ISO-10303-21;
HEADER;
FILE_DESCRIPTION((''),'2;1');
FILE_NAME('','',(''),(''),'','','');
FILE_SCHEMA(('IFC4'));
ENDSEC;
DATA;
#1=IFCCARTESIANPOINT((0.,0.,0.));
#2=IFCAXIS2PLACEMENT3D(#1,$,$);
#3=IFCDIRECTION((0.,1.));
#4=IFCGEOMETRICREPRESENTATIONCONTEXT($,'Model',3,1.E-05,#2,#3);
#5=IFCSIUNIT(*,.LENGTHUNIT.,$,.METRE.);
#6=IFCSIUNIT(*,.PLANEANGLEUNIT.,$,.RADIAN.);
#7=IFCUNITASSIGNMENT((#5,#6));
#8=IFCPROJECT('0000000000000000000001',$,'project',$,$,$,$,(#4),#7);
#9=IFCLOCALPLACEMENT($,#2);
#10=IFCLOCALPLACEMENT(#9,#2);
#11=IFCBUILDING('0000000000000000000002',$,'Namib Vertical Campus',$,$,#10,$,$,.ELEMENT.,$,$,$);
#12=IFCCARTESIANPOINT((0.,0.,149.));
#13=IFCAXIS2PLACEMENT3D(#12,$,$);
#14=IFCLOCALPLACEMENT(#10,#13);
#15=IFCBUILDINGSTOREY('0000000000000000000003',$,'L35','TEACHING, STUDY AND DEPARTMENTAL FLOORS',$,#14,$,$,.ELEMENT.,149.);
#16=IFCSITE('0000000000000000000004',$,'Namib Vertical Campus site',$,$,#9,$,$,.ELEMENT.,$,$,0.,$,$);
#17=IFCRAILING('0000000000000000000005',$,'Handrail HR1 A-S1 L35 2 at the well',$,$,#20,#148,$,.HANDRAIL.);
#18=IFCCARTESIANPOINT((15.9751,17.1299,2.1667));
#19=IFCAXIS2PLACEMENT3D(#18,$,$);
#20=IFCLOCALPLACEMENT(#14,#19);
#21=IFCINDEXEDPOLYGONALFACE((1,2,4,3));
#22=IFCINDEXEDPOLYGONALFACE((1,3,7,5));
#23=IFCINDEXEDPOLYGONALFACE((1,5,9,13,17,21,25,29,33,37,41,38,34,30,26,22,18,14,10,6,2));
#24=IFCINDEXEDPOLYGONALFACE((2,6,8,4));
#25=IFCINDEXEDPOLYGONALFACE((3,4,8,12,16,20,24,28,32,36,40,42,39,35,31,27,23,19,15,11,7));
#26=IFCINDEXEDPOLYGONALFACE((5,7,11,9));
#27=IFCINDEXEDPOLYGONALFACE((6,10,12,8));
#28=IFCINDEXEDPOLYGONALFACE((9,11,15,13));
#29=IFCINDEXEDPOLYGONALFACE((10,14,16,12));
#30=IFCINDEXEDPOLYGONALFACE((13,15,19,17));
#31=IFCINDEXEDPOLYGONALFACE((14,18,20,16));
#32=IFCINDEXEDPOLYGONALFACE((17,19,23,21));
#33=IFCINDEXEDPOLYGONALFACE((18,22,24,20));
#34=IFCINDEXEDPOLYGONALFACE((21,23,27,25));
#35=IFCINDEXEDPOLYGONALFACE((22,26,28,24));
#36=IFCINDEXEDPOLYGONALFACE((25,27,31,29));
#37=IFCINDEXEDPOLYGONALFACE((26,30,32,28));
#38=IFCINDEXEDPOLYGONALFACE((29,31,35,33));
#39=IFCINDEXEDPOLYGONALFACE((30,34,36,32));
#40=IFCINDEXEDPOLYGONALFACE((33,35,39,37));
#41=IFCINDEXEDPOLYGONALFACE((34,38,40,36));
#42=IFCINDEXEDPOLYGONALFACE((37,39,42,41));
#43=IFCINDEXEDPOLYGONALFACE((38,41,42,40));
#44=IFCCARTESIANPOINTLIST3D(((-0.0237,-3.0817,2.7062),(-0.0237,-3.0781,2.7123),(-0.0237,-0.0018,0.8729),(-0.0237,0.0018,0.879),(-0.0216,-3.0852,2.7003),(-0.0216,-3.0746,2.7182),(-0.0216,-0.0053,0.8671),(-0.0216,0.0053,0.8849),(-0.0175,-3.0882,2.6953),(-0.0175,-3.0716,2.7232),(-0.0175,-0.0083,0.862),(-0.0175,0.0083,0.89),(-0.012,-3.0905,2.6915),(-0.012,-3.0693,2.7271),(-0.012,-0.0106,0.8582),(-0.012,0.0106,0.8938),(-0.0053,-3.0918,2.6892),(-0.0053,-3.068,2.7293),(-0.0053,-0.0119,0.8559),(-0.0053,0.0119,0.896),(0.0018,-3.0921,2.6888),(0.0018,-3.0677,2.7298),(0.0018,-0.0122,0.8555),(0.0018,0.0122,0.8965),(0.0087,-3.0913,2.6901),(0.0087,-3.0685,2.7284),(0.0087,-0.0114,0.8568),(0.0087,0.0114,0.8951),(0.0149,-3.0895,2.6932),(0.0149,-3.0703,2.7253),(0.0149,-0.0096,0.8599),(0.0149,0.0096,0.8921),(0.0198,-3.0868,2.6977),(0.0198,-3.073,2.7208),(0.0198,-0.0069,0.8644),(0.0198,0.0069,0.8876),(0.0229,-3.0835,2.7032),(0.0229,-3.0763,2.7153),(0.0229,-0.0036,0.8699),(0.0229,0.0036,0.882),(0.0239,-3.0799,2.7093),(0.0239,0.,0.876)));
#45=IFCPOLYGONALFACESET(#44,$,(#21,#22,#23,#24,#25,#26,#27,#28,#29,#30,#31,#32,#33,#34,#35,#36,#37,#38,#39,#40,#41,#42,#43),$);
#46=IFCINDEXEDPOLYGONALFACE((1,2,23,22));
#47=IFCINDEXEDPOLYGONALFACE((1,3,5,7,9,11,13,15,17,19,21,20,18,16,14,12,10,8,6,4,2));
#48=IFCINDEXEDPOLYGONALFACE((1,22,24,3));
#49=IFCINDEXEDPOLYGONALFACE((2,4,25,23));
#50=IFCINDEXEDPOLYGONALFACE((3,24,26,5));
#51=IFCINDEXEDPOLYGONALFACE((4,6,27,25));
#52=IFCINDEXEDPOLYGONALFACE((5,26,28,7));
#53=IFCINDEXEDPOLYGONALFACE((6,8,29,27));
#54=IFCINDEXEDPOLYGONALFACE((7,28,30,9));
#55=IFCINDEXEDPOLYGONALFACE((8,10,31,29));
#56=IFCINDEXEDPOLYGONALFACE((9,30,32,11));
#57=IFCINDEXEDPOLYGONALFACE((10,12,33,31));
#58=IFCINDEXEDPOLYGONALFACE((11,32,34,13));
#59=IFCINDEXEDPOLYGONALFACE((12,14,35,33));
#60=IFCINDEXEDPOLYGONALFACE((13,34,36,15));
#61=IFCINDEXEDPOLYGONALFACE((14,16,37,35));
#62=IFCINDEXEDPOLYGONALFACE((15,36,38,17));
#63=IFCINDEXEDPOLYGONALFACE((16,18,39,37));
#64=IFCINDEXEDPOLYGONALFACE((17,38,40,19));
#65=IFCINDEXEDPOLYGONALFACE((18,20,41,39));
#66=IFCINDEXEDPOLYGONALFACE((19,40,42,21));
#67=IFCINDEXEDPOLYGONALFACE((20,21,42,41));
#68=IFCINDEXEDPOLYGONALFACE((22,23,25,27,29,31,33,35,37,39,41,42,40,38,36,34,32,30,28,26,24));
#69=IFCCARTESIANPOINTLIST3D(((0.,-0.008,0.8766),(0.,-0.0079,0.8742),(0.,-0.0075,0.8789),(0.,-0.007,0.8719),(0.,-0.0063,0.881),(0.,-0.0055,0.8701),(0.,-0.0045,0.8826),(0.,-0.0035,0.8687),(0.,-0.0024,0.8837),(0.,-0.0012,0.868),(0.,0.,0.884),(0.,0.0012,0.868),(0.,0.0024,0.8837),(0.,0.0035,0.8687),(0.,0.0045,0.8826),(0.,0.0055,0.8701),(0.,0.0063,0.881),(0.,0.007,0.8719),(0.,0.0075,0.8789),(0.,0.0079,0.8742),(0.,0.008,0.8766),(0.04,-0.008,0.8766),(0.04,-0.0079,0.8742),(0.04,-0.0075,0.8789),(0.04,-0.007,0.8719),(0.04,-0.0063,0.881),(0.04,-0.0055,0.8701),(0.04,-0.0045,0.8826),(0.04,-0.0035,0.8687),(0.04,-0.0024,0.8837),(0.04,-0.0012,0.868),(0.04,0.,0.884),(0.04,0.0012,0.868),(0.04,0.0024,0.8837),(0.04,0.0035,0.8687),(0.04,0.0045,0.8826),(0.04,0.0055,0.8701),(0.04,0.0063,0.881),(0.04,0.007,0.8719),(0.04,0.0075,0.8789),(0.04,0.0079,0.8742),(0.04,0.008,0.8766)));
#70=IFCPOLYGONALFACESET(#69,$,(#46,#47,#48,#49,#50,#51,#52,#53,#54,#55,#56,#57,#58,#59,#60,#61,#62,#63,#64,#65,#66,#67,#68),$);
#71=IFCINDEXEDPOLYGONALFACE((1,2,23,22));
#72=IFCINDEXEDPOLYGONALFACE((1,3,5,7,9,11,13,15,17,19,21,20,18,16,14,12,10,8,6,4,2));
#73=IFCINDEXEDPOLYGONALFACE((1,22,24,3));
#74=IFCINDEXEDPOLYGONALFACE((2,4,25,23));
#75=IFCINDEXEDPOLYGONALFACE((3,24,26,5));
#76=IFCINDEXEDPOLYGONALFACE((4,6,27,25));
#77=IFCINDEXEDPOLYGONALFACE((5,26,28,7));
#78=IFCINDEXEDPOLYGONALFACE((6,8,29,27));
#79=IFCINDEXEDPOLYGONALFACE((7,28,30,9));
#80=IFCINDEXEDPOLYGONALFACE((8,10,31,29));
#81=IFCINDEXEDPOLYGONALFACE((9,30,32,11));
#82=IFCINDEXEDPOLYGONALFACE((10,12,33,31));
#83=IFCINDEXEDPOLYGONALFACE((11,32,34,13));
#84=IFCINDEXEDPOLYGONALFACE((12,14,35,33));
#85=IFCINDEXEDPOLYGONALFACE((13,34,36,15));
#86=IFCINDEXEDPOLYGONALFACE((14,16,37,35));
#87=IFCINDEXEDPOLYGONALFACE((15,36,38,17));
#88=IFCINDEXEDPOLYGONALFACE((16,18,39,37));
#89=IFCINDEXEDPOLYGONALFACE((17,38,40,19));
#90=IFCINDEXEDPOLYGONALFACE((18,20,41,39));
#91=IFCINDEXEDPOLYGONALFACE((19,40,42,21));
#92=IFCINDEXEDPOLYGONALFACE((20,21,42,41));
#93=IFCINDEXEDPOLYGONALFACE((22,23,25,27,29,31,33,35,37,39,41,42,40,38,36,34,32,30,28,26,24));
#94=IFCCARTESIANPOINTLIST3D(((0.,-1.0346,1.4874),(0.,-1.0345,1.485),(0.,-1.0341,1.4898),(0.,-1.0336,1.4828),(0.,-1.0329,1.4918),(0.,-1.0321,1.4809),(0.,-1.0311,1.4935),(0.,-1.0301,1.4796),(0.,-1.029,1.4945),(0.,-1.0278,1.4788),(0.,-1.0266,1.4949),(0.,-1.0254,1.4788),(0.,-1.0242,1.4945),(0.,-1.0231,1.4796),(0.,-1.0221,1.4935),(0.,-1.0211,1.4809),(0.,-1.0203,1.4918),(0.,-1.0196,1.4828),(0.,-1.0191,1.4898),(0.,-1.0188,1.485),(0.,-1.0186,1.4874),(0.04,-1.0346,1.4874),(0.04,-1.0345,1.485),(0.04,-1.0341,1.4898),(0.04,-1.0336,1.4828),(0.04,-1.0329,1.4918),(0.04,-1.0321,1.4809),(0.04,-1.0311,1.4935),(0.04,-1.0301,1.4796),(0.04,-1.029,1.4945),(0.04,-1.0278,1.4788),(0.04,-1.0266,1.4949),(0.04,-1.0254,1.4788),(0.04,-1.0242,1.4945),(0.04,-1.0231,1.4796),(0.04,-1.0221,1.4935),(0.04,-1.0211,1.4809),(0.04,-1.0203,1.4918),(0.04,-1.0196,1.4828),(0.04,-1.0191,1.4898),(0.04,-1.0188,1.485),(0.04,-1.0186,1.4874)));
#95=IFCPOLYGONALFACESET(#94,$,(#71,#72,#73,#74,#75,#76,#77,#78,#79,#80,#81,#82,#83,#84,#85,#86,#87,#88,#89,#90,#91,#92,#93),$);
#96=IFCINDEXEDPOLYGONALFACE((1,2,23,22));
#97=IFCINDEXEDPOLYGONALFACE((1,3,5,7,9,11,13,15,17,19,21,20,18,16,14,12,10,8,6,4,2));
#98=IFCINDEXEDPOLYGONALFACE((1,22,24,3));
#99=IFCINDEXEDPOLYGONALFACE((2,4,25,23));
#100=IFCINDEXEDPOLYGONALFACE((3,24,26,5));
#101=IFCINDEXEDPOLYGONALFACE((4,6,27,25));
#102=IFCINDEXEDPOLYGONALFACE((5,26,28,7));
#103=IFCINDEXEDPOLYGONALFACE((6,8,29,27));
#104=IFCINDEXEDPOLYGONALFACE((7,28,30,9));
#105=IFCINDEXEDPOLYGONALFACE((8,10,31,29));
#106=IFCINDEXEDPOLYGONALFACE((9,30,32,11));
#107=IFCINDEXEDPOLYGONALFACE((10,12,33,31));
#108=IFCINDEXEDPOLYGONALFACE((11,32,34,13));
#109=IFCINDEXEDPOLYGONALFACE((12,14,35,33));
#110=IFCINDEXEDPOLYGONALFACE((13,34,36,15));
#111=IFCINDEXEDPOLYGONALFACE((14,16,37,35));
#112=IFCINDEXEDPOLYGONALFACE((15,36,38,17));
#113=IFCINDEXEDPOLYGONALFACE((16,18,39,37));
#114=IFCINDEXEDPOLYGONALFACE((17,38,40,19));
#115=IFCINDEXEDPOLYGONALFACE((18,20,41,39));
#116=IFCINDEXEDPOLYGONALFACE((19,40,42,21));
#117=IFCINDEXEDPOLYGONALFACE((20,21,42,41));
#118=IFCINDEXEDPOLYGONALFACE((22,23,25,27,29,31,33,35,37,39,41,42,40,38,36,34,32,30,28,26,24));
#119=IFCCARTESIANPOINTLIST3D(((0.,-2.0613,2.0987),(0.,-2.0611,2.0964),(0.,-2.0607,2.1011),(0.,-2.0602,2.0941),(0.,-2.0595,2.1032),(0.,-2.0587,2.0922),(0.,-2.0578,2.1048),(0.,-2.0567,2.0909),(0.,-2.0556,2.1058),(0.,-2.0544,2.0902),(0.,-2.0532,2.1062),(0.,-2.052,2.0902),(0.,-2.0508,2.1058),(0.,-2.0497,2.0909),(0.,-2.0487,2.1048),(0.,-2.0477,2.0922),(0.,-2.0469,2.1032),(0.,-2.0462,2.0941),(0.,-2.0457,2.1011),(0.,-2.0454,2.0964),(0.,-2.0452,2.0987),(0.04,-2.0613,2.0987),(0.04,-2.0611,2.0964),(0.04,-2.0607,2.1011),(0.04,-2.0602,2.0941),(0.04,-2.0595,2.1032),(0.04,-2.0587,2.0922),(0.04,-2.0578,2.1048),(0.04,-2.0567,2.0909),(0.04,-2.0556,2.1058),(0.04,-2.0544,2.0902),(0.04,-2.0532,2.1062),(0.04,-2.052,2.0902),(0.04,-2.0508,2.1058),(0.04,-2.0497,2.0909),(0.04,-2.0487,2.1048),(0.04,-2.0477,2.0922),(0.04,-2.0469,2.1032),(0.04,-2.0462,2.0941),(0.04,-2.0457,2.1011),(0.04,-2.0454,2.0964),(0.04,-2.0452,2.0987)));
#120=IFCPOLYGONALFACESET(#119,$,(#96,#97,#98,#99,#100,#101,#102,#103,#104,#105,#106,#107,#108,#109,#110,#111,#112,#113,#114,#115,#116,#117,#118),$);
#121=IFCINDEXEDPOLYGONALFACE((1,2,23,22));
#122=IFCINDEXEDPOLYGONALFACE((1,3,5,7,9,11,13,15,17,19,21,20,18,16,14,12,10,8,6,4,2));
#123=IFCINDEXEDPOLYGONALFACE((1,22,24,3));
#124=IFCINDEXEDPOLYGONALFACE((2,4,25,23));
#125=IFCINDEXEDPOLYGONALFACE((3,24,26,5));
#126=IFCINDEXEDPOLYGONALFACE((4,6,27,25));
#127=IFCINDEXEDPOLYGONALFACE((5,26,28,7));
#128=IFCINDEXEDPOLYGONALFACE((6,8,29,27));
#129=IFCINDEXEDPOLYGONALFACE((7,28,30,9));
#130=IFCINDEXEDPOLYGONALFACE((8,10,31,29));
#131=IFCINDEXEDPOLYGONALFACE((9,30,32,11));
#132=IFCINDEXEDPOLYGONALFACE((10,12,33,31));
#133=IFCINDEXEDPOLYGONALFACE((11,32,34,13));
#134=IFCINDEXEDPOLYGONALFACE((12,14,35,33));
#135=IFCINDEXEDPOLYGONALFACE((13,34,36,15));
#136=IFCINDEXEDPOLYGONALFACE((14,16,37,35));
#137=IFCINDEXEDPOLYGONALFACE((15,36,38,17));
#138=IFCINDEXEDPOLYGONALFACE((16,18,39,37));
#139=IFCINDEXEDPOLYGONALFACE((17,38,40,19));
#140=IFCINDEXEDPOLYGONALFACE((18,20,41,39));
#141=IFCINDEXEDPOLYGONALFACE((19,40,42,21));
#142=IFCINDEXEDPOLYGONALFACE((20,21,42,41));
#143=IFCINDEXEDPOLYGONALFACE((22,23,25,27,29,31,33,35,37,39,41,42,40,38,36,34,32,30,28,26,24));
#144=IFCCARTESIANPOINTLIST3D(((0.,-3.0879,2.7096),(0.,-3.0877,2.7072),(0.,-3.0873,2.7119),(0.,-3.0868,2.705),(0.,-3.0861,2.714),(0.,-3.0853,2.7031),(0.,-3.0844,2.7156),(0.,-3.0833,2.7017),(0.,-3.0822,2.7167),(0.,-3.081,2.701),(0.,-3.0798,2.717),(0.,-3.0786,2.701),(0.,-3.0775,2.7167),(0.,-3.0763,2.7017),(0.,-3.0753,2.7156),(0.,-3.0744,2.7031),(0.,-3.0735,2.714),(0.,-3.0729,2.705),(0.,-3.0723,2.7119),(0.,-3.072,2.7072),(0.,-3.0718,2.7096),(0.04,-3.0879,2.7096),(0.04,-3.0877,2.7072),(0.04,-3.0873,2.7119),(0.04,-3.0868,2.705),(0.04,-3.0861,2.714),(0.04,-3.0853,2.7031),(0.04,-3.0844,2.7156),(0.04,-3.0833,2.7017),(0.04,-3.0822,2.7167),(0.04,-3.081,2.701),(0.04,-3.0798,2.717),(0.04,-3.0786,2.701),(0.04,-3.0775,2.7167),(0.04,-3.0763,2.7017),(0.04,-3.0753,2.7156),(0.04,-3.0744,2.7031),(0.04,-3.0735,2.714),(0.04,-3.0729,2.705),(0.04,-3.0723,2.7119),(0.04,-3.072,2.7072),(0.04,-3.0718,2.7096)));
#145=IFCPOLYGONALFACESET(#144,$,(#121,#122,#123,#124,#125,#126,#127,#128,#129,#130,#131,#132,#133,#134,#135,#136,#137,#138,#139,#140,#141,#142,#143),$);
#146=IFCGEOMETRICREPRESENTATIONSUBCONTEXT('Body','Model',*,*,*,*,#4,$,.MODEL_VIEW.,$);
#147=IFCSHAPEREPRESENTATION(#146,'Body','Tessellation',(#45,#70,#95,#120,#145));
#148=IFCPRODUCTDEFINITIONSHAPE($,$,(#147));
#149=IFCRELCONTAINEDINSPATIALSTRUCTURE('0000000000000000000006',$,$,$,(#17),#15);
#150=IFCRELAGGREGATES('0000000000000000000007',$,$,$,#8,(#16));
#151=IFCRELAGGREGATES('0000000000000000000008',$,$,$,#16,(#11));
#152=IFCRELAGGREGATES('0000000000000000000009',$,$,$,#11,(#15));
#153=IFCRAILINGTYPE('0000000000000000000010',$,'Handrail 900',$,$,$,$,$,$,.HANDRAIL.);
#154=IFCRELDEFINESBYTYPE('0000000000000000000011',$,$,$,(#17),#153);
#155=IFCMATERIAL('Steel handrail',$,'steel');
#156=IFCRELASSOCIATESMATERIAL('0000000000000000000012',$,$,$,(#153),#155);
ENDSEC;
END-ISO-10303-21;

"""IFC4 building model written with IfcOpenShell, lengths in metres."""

from ifc_helpers import new_model, si_unit, direction, frame, origin, origin_2d, place, context, subcontext, project, spatial, circle, extrude, material, type_object, element, save


model = new_model("IFC4")

# Units and contexts
model_context = context("Model", 3, precision=1e-05, world=origin(), true_north=direction((0.0, 1.0)))
body_context = subcontext(model_context, "Body", "Model", "MODEL_VIEW")
ifc_project = project(units=[si_unit("LENGTHUNIT", "METRE"), si_unit("PLANEANGLEUNIT", "RADIAN")], contexts=[model_context])

# Site, building, storey
site_placement = place(None, origin())
site = spatial("IfcSite", under=ifc_project, at=site_placement, Name="Namib Vertical Campus site", CompositionType="ELEMENT", RefElevation=0.0)
building_placement = place(site_placement, origin())
building = spatial("IfcBuilding", under=site, at=building_placement, Name="Namib Vertical Campus", CompositionType="ELEMENT")
storey_placement = place(building_placement, frame((0.0, 0.0, 149.0)))
storey = spatial("IfcBuildingStorey", under=building, at=storey_placement, Name="L35", Description="TEACHING, STUDY AND DEPARTMENTAL FLOORS", CompositionType="ELEMENT", Elevation=149.0)

# Railing
ifc_material_1 = material(Name="Steel handrail", Category="steel")
railing_type_1 = type_object("IfcRailingType", Name="Handrail 900", PredefinedType="HANDRAIL", material=ifc_material_1)
railing_1_placement = place(storey_placement, frame((15.9751, 17.1299, 2.1667)))
element("IfcRailing", 1, at=railing_1_placement, inside=storey, type_object=railing_type_1, Name="Handrail HR1 A-S1 L35 2 at the well", PredefinedType="HANDRAIL", context=body_context, shape_type="SweptSolid", body=[
    extrude(circle(Radius=0.0239, at=origin_2d()), frame((0.0, 0.0, 0.876), z_axis=(0.0, -0.859291, 0.511487), x_axis=(1.0, 0.0, 0.0)), (0.0, 0.0, 1.0), 3.5842),
    extrude(circle(Radius=0.0081, at=origin_2d()), frame((0.0, 0.0, 0.876), z_axis=(1.0, 0.0, 0.0), x_axis=(0.0, 0.0, 1.0)), (0.0, 0.0, 1.0), 0.04),
    extrude(circle(Radius=0.0081, at=origin_2d()), frame((0.0, -1.0266, 1.4868), z_axis=(1.0, 0.0, 0.0), x_axis=(0.0, 0.0, 1.0)), (0.0, 0.0, 1.0), 0.04),
    extrude(circle(Radius=0.0081, at=origin_2d()), frame((0.0, -2.0532, 2.0981), z_axis=(1.0, 0.0, 0.0), x_axis=(0.0, 0.0, 1.0)), (0.0, 0.0, 1.0), 0.04),
    extrude(circle(Radius=0.0081, at=origin_2d()), frame((0.0, -3.0798, 2.709), z_axis=(1.0, 0.0, 0.0), x_axis=(0.0, 0.0, 1.0)), (0.0, 0.0, 1.0), 0.04),
])

save(model, "model.ifc")
